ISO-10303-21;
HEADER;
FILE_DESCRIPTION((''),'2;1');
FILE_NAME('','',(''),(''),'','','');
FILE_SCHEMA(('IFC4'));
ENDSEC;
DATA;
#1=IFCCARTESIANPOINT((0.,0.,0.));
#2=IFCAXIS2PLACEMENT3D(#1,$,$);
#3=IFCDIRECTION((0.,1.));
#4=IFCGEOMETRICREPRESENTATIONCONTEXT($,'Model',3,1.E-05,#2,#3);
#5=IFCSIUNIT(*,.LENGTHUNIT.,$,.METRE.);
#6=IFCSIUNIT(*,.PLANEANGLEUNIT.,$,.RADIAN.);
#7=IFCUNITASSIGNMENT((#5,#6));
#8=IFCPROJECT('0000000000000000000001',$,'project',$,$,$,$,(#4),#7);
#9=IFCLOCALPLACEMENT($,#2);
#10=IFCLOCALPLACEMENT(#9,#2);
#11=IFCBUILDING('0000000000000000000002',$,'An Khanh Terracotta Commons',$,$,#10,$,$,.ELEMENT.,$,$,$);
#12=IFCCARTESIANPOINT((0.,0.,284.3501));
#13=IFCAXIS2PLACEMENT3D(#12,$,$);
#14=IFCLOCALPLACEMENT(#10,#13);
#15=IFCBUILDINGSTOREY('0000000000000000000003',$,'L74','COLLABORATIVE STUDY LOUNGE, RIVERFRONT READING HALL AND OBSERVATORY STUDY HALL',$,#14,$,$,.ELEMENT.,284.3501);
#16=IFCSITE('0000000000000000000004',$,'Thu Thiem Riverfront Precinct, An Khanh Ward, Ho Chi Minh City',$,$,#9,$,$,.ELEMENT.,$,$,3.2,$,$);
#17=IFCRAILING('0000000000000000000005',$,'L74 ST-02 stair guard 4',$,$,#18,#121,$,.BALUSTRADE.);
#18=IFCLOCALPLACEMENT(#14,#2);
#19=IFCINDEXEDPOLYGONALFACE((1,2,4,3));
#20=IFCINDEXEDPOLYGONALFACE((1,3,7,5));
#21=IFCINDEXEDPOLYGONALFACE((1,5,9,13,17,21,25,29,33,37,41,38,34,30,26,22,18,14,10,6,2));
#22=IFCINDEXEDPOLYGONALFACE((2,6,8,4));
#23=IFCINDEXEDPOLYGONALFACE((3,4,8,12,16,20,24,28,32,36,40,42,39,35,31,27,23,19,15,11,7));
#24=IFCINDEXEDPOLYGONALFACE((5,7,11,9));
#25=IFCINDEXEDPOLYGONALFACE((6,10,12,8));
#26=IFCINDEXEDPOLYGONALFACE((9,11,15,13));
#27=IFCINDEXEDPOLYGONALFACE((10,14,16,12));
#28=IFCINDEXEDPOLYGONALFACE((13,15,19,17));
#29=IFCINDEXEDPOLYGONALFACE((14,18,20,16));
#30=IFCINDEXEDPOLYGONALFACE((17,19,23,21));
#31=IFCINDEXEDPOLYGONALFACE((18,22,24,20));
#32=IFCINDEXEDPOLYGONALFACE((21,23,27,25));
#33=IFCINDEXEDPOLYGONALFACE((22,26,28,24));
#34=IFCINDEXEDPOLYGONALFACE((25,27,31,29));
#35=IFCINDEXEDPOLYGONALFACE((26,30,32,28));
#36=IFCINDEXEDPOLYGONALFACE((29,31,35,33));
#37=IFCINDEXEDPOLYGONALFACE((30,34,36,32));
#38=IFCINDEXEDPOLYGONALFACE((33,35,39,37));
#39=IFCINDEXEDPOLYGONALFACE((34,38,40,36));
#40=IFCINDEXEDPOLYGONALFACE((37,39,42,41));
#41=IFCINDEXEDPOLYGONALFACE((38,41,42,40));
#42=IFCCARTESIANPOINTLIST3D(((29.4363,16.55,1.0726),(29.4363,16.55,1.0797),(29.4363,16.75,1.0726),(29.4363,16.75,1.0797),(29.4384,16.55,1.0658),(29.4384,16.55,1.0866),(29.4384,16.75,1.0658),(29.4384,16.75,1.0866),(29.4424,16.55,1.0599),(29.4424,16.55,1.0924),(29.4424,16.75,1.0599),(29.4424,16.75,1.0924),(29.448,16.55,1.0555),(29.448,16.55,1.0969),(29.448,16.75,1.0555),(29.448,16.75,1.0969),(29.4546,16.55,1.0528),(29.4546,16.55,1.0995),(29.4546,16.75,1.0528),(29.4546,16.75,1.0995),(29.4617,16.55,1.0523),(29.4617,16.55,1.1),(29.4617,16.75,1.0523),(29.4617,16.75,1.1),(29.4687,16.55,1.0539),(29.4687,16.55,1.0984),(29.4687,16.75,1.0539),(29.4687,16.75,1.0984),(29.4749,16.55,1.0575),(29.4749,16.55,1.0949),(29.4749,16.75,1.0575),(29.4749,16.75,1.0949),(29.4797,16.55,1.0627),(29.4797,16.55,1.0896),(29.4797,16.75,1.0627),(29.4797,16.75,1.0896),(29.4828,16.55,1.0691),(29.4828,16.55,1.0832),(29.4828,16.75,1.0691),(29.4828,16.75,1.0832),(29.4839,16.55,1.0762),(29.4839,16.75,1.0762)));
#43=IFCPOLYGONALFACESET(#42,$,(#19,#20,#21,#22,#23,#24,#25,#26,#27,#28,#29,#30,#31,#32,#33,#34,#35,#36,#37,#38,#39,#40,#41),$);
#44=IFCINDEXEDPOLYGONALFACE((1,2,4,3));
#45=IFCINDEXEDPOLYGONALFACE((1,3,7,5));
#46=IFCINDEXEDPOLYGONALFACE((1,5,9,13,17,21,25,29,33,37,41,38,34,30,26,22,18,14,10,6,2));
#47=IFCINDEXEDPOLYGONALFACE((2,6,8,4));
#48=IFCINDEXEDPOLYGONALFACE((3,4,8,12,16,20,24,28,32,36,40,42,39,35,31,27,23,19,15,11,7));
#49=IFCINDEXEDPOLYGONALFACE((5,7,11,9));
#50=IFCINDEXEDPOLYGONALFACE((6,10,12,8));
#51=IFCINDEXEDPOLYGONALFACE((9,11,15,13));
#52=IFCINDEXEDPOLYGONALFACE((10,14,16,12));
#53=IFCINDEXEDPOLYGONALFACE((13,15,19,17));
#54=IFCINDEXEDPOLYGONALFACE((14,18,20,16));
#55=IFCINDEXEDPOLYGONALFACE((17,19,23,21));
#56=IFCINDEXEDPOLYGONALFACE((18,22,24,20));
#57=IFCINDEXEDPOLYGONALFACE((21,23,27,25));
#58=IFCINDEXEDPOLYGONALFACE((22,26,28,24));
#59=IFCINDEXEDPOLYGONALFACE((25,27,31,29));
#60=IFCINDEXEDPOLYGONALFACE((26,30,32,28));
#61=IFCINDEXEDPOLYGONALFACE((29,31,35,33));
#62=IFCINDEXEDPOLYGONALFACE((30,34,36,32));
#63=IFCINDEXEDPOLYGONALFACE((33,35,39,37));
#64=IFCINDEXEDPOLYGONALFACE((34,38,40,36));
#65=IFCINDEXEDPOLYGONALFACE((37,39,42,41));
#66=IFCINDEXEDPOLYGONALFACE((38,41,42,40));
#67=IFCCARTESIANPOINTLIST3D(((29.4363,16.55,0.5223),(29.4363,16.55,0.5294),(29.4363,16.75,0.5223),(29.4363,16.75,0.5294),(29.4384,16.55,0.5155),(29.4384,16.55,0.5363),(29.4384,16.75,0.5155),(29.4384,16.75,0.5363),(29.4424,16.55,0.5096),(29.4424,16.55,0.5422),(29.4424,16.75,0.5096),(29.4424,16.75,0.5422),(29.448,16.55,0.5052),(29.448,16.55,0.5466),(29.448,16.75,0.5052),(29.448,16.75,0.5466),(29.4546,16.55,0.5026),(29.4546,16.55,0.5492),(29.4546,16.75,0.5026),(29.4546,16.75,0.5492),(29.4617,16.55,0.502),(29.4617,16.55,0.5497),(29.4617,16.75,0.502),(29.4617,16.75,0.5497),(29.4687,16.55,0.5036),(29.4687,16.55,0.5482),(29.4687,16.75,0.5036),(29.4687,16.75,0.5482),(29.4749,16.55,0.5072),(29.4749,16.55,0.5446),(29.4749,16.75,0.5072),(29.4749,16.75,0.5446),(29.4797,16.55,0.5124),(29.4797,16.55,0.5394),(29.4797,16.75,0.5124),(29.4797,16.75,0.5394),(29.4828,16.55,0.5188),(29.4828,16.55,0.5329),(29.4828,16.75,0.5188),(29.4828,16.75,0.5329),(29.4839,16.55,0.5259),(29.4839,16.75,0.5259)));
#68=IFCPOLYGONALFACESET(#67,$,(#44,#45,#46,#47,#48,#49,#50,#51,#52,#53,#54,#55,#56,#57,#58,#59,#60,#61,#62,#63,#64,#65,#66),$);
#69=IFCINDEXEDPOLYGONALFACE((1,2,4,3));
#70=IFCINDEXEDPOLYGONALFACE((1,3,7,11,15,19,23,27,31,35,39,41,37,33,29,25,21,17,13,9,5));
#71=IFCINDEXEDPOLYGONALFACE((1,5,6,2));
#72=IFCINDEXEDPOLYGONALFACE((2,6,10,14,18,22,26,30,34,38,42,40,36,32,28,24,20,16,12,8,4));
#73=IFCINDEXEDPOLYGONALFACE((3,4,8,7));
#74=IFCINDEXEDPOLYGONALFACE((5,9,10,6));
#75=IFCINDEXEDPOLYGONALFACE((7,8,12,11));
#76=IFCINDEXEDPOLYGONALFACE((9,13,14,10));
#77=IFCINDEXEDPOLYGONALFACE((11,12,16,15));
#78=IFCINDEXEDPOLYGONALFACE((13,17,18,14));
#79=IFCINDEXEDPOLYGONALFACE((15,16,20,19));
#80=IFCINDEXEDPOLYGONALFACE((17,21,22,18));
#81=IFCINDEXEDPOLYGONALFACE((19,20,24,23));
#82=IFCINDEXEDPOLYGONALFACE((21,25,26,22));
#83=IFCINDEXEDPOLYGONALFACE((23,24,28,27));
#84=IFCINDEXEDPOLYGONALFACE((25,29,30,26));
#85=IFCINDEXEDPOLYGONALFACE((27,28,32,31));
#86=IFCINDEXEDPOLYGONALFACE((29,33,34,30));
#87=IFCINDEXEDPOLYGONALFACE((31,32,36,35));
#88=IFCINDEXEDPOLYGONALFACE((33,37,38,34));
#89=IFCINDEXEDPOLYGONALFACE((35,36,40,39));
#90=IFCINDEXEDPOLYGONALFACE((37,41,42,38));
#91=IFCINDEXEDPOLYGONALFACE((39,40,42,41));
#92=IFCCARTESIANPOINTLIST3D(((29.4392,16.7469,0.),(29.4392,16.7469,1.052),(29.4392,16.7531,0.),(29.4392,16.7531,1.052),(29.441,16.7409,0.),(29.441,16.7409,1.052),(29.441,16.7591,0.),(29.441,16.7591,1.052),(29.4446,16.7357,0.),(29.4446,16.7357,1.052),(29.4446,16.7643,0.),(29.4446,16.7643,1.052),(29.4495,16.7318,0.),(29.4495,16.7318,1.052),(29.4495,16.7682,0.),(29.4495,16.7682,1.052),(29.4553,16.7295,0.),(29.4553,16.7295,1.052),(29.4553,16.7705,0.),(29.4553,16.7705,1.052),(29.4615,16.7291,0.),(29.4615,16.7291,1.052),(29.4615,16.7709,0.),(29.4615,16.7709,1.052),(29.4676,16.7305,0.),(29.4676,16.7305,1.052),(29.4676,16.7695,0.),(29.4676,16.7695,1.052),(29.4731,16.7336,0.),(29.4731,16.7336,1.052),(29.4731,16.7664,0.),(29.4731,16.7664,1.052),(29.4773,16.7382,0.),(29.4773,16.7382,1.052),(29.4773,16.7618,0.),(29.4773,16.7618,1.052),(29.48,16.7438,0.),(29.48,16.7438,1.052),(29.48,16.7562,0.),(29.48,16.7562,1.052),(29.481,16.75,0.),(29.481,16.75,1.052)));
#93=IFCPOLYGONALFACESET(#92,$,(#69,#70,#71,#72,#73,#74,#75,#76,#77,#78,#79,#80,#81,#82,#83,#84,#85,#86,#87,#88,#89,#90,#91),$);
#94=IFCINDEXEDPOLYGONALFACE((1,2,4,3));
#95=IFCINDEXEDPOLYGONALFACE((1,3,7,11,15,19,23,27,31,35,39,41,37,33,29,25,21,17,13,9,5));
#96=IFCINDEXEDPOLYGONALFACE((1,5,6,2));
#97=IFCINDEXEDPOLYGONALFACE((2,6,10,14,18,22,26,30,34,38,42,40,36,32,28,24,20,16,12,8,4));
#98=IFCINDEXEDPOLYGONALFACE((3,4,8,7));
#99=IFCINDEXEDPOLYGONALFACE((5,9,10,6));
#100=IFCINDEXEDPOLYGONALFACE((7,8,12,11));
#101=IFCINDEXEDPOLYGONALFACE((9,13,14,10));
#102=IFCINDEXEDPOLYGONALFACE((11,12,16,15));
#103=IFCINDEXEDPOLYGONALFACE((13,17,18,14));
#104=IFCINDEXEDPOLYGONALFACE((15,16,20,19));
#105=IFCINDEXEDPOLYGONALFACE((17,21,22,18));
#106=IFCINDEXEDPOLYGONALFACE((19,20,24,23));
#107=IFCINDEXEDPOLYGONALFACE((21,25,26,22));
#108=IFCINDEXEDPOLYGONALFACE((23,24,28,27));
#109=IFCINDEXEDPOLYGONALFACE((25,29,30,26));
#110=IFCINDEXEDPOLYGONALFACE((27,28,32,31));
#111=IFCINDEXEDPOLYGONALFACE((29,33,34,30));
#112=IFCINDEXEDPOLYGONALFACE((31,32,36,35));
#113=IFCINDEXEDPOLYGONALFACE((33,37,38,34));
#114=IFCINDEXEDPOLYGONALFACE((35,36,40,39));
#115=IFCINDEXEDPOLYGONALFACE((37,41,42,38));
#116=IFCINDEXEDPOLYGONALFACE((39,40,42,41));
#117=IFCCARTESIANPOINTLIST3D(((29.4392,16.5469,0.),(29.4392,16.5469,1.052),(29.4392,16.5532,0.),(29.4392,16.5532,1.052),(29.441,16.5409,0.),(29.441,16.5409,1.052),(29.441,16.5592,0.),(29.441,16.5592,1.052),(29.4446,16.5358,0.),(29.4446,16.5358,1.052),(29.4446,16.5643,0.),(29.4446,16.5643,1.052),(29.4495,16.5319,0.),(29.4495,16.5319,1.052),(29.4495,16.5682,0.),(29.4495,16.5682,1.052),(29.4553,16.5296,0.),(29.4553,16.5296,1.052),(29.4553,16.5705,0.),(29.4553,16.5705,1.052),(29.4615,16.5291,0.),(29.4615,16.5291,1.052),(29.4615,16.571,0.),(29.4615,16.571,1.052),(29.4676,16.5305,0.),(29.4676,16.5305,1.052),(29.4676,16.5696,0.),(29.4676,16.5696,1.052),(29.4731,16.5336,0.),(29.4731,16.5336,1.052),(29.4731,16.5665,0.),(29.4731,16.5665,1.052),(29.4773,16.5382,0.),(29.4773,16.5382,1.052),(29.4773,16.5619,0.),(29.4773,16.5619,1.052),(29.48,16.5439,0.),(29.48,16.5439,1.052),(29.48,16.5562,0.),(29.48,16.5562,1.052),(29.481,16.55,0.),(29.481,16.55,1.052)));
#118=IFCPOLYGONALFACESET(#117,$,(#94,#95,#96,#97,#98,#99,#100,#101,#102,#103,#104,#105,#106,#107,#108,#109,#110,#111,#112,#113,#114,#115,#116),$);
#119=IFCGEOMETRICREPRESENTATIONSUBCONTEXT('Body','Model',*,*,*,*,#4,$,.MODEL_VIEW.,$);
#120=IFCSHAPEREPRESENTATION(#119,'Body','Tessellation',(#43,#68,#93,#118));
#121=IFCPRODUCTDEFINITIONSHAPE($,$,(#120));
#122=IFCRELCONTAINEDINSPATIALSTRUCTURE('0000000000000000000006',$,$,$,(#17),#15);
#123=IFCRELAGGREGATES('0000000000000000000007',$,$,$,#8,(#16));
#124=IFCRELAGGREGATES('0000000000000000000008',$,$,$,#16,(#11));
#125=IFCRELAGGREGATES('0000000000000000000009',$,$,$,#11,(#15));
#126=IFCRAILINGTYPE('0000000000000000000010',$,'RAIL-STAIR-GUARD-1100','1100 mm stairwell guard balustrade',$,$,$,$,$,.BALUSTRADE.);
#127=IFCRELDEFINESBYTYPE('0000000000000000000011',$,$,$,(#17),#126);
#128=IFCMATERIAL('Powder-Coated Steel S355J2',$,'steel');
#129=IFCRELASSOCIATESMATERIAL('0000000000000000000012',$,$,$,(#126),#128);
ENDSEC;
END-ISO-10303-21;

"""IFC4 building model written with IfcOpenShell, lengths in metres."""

from ifc_helpers import new_model, si_unit, direction, frame, origin, origin_2d, place, context, subcontext, project, spatial, circle, extrude, material, type_object, element, save


model = new_model("IFC4")

# Units and contexts
model_context = context("Model", 3, precision=1e-05, world=origin(), true_north=direction((0.0, 1.0)))
body_context = subcontext(model_context, "Body", "Model", "MODEL_VIEW")
ifc_project = project(units=[si_unit("LENGTHUNIT", "METRE"), si_unit("PLANEANGLEUNIT", "RADIAN")], contexts=[model_context])

# Site, building, storey
site_placement = place(None, origin())
site = spatial("IfcSite", under=ifc_project, at=site_placement, Name="Thu Thiem Riverfront Precinct, An Khanh Ward, Ho Chi Minh City", CompositionType="ELEMENT", RefElevation=3.2)
building_placement = place(site_placement, origin())
building = spatial("IfcBuilding", under=site, at=building_placement, Name="An Khanh Terracotta Commons", CompositionType="ELEMENT")
storey_placement = place(building_placement, frame((0.0, 0.0, 284.3501)))
storey = spatial("IfcBuildingStorey", under=building, at=storey_placement, Name="L74", Description="COLLABORATIVE STUDY LOUNGE, RIVERFRONT READING HALL AND OBSERVATORY STUDY HALL", CompositionType="ELEMENT", Elevation=284.3501)

# Railing
ifc_material_1 = material(Name="Powder-Coated Steel S355J2", Category="steel")
railing_type_1 = type_object("IfcRailingType", Name="RAIL-STAIR-GUARD-1100", Description="1100 mm stairwell guard balustrade", PredefinedType="BALUSTRADE", material=ifc_material_1)
railing_1_placement = place(storey_placement, frame((29.46, 16.75, 0.0)))
element("IfcRailing", 1, at=railing_1_placement, inside=storey, type_object=railing_type_1, Name="L74 ST-02 stair guard 4", PredefinedType="BALUSTRADE", context=body_context, shape_type="SweptSolid", body=[
    extrude(circle(Radius=0.0239, at=origin_2d()), frame((0.0, 0.0, 1.0762), z_axis=(0.0, -1.0, 0.0), x_axis=(1.0, 0.0, 0.0)), (0.0, 0.0, 1.0), 0.2),
    extrude(circle(Radius=0.0239, at=origin_2d()), frame((0.0, 0.0, 0.5259), z_axis=(0.0, -1.0, 0.0), x_axis=(1.0, 0.0, 0.0)), (0.0, 0.0, 1.0), 0.2),
    extrude(circle(Radius=0.021, at=origin_2d()), origin(), (0.0, 0.0, 1.0), 1.052),
    extrude(circle(Radius=0.021, at=origin_2d()), frame((0.0, -0.2, 0.0)), (0.0, 0.0, 1.0), 1.052),
])

save(model, "model.ifc")
